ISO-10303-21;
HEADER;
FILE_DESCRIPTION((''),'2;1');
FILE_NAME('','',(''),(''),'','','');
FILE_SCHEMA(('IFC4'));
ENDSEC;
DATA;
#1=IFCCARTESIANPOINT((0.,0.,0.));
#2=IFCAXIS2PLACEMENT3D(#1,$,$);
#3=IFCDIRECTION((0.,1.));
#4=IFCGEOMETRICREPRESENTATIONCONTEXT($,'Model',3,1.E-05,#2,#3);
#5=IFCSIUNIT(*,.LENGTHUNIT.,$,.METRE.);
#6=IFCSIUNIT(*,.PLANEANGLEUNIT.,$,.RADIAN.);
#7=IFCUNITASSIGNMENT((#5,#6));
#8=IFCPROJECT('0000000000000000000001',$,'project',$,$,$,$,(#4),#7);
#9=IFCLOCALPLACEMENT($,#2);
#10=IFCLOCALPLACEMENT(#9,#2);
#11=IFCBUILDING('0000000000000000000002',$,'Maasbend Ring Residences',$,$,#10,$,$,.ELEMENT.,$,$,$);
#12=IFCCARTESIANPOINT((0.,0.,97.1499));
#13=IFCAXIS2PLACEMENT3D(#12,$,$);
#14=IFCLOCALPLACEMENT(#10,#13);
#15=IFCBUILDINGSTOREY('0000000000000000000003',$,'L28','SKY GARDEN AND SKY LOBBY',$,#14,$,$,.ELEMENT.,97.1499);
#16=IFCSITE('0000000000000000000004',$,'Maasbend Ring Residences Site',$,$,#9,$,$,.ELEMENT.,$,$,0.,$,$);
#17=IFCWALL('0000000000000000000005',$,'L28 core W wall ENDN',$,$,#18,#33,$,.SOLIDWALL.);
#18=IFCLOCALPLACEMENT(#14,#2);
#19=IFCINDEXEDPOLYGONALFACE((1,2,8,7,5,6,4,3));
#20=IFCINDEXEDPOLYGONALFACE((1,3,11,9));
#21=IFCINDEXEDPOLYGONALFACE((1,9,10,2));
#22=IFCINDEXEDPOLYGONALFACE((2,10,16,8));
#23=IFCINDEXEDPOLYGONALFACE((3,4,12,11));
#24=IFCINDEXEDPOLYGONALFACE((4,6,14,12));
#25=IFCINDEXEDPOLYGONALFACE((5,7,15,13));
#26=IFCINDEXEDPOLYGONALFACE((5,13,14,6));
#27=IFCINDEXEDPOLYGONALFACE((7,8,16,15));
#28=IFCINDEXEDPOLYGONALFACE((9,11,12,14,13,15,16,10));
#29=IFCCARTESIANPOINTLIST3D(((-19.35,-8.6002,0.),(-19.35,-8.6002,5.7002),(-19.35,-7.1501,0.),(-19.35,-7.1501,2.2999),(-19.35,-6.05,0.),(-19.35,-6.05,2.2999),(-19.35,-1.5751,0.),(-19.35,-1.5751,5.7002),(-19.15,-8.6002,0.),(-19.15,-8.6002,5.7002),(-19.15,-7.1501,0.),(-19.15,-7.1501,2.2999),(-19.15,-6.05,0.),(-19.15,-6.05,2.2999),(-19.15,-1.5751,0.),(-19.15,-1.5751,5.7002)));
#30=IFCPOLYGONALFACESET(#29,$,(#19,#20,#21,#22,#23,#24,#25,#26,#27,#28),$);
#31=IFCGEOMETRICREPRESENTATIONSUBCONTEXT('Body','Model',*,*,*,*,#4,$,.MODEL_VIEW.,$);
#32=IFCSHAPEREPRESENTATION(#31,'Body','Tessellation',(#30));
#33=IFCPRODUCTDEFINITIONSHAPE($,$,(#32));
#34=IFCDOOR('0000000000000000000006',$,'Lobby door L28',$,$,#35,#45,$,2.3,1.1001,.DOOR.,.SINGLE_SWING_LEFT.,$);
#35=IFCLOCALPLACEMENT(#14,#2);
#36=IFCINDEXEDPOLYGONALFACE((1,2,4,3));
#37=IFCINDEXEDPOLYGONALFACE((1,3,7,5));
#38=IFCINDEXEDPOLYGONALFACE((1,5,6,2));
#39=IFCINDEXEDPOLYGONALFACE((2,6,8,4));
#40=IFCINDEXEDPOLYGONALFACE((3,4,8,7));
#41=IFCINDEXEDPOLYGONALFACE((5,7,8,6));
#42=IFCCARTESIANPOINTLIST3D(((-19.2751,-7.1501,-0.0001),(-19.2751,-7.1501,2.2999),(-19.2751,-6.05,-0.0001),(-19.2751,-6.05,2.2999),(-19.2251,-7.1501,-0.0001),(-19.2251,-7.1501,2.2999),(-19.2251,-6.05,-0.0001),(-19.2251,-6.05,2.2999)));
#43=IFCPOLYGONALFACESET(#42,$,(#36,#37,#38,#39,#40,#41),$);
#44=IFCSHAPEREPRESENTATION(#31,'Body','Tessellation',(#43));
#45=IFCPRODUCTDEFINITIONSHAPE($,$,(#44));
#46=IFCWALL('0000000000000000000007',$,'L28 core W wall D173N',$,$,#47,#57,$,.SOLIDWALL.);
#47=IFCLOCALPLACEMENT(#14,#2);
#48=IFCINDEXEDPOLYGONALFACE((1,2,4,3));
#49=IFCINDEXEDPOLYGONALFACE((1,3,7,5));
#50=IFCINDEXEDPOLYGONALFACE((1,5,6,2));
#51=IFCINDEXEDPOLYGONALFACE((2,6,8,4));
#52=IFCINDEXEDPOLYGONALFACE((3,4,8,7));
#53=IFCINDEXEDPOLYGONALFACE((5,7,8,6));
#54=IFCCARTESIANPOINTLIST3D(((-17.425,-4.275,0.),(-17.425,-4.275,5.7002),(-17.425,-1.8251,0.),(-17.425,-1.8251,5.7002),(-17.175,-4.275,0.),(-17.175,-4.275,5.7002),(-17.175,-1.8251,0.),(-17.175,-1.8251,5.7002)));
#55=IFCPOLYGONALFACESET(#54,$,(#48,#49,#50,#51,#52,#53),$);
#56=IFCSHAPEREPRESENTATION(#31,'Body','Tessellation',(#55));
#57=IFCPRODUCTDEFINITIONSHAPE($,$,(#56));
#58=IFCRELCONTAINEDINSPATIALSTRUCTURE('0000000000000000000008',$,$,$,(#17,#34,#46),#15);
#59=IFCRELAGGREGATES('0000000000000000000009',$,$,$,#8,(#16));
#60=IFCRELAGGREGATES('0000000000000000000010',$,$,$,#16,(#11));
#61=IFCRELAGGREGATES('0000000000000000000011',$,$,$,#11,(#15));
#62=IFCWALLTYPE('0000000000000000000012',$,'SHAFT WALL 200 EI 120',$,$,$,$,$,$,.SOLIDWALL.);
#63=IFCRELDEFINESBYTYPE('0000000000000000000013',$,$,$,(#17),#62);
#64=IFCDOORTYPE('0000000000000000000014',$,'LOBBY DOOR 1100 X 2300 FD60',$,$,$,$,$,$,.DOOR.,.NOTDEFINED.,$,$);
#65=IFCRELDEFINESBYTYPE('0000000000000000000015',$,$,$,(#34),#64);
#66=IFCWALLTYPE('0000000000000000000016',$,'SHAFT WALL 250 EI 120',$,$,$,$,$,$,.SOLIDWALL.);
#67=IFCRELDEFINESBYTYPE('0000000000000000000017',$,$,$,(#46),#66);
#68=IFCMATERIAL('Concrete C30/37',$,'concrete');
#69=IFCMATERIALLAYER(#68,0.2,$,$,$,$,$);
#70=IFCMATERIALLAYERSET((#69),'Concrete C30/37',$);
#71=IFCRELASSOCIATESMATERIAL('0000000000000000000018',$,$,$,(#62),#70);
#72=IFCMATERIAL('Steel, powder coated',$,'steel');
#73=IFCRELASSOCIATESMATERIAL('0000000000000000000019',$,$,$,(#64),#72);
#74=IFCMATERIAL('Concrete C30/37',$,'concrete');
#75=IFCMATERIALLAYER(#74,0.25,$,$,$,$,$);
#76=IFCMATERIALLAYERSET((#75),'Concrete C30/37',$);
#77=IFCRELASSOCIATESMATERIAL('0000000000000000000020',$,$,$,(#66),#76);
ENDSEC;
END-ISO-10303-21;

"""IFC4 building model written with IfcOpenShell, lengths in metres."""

from ifc_helpers import new_model, si_unit, direction, frame, frame_2d, origin, place, context, subcontext, project, spatial, rectangle, extrude, material, layer, layer_set, type_object, element, fill, save


model = new_model("IFC4")

# Units and contexts
model_context = context("Model", 3, precision=1e-05, world=origin(), true_north=direction((0.0, 1.0)))
body_context = subcontext(model_context, "Body", "Model", "MODEL_VIEW")
ifc_project = project(units=[si_unit("LENGTHUNIT", "METRE"), si_unit("PLANEANGLEUNIT", "RADIAN")], contexts=[model_context])

# Site, building, storey
site_placement = place(None, origin())
site = spatial("IfcSite", under=ifc_project, at=site_placement, Name="Maasbend Ring Residences Site", CompositionType="ELEMENT", RefElevation=0.0)
building_placement = place(site_placement, origin())
building = spatial("IfcBuilding", under=site, at=building_placement, Name="Maasbend Ring Residences", CompositionType="ELEMENT")
storey_placement = place(building_placement, frame((0.0, 0.0, 97.1499)))
storey = spatial("IfcBuildingStorey", under=building, at=storey_placement, Name="L28", Description="SKY GARDEN AND SKY LOBBY", CompositionType="ELEMENT", Elevation=97.1499)

# Wall, opening, door
ifc_material_1 = material(Name="Concrete C30/37", Category="concrete")
ifc_layer_1 = layer(ifc_material_1, 0.2)
ifc_layer_set_1 = layer_set([ifc_layer_1], Name="Concrete C30/37")
wall_type_1 = type_object("IfcWallType", Name="SHAFT WALL 200 EI 120", PredefinedType="SOLIDWALL", material=ifc_layer_set_1)
wall_1_placement = place(storey_placement, frame((-19.25, -1.575, 0.0), z_axis=(0.0, 0.0, 1.0), x_axis=(0.0, -1.0, 0.0)))
wall_1 = element("IfcWall", 1, at=wall_1_placement, inside=storey, type_object=wall_type_1, Name="L28 core W wall ENDN", PredefinedType="SOLIDWALL", context=body_context, shape_type="SweptSolid", body=[
    extrude(rectangle(XDim=7.0251, YDim=0.2, at=frame_2d((3.5127, 0.0))), origin(), (0.0, 0.0, 1.0), 5.7002),
])
opening_placement = place(wall_1_placement, frame((4.4751, 0.0, 0.0)))
opening = element("IfcOpeningElement", 2, at=opening_placement, cuts=wall_1, PredefinedType="OPENING", context=body_context, shape_type="SweptSolid", body=[
    extrude(rectangle(XDim=1.1001, YDim=2.3, at=frame_2d((0.55, 1.1499))), frame((0.0, 0.1099, 0.0), z_axis=(0.0, -1.0, 0.0), x_axis=(1.0, 0.0, 0.0)), (0.0, 0.0, 1.0), 0.22),
])
ifc_material_2 = material(Name="Steel, powder coated", Category="steel")
door_type = type_object("IfcDoorType", Name="LOBBY DOOR 1100 X 2300 FD60", OperationType="NOTDEFINED", PredefinedType="DOOR", material=ifc_material_2)
door_placement = place(opening_placement, origin())
door = element("IfcDoor", 3, at=door_placement, inside=storey, type_object=door_type, Name="Lobby door L28", OperationType="SINGLE_SWING_LEFT", OverallHeight=2.3, OverallWidth=1.1001, PredefinedType="DOOR", context=body_context, shape_type="SweptSolid", body=[
    extrude(rectangle(XDim=1.1001, YDim=2.3, at=frame_2d((0.55, 1.1499))), frame((0.0, 0.0249, 0.0), z_axis=(0.0, -1.0, 0.0), x_axis=(1.0, 0.0, 0.0)), (0.0, 0.0, 1.0), 0.05),
])
fill(opening, door)

# Wall
ifc_material_3 = material(Name="Concrete C30/37", Category="concrete")
ifc_layer_2 = layer(ifc_material_3, 0.25)
ifc_layer_set_2 = layer_set([ifc_layer_2], Name="Concrete C30/37")
wall_type_2 = type_object("IfcWallType", Name="SHAFT WALL 250 EI 120", PredefinedType="SOLIDWALL", material=ifc_layer_set_2)
wall_2_placement = place(storey_placement, frame((-17.3, -1.825, 0.0), z_axis=(0.0, 0.0, 1.0), x_axis=(0.0, -1.0, 0.0)))
element("IfcWall", 4, at=wall_2_placement, inside=storey, type_object=wall_type_2, Name="L28 core W wall D173N", PredefinedType="SOLIDWALL", context=body_context, shape_type="SweptSolid", body=[
    extrude(rectangle(XDim=2.45, YDim=0.25, at=frame_2d((1.2251, 0.0))), origin(), (0.0, 0.0, 1.0), 5.7002),
])

save(model, "model.ifc")
